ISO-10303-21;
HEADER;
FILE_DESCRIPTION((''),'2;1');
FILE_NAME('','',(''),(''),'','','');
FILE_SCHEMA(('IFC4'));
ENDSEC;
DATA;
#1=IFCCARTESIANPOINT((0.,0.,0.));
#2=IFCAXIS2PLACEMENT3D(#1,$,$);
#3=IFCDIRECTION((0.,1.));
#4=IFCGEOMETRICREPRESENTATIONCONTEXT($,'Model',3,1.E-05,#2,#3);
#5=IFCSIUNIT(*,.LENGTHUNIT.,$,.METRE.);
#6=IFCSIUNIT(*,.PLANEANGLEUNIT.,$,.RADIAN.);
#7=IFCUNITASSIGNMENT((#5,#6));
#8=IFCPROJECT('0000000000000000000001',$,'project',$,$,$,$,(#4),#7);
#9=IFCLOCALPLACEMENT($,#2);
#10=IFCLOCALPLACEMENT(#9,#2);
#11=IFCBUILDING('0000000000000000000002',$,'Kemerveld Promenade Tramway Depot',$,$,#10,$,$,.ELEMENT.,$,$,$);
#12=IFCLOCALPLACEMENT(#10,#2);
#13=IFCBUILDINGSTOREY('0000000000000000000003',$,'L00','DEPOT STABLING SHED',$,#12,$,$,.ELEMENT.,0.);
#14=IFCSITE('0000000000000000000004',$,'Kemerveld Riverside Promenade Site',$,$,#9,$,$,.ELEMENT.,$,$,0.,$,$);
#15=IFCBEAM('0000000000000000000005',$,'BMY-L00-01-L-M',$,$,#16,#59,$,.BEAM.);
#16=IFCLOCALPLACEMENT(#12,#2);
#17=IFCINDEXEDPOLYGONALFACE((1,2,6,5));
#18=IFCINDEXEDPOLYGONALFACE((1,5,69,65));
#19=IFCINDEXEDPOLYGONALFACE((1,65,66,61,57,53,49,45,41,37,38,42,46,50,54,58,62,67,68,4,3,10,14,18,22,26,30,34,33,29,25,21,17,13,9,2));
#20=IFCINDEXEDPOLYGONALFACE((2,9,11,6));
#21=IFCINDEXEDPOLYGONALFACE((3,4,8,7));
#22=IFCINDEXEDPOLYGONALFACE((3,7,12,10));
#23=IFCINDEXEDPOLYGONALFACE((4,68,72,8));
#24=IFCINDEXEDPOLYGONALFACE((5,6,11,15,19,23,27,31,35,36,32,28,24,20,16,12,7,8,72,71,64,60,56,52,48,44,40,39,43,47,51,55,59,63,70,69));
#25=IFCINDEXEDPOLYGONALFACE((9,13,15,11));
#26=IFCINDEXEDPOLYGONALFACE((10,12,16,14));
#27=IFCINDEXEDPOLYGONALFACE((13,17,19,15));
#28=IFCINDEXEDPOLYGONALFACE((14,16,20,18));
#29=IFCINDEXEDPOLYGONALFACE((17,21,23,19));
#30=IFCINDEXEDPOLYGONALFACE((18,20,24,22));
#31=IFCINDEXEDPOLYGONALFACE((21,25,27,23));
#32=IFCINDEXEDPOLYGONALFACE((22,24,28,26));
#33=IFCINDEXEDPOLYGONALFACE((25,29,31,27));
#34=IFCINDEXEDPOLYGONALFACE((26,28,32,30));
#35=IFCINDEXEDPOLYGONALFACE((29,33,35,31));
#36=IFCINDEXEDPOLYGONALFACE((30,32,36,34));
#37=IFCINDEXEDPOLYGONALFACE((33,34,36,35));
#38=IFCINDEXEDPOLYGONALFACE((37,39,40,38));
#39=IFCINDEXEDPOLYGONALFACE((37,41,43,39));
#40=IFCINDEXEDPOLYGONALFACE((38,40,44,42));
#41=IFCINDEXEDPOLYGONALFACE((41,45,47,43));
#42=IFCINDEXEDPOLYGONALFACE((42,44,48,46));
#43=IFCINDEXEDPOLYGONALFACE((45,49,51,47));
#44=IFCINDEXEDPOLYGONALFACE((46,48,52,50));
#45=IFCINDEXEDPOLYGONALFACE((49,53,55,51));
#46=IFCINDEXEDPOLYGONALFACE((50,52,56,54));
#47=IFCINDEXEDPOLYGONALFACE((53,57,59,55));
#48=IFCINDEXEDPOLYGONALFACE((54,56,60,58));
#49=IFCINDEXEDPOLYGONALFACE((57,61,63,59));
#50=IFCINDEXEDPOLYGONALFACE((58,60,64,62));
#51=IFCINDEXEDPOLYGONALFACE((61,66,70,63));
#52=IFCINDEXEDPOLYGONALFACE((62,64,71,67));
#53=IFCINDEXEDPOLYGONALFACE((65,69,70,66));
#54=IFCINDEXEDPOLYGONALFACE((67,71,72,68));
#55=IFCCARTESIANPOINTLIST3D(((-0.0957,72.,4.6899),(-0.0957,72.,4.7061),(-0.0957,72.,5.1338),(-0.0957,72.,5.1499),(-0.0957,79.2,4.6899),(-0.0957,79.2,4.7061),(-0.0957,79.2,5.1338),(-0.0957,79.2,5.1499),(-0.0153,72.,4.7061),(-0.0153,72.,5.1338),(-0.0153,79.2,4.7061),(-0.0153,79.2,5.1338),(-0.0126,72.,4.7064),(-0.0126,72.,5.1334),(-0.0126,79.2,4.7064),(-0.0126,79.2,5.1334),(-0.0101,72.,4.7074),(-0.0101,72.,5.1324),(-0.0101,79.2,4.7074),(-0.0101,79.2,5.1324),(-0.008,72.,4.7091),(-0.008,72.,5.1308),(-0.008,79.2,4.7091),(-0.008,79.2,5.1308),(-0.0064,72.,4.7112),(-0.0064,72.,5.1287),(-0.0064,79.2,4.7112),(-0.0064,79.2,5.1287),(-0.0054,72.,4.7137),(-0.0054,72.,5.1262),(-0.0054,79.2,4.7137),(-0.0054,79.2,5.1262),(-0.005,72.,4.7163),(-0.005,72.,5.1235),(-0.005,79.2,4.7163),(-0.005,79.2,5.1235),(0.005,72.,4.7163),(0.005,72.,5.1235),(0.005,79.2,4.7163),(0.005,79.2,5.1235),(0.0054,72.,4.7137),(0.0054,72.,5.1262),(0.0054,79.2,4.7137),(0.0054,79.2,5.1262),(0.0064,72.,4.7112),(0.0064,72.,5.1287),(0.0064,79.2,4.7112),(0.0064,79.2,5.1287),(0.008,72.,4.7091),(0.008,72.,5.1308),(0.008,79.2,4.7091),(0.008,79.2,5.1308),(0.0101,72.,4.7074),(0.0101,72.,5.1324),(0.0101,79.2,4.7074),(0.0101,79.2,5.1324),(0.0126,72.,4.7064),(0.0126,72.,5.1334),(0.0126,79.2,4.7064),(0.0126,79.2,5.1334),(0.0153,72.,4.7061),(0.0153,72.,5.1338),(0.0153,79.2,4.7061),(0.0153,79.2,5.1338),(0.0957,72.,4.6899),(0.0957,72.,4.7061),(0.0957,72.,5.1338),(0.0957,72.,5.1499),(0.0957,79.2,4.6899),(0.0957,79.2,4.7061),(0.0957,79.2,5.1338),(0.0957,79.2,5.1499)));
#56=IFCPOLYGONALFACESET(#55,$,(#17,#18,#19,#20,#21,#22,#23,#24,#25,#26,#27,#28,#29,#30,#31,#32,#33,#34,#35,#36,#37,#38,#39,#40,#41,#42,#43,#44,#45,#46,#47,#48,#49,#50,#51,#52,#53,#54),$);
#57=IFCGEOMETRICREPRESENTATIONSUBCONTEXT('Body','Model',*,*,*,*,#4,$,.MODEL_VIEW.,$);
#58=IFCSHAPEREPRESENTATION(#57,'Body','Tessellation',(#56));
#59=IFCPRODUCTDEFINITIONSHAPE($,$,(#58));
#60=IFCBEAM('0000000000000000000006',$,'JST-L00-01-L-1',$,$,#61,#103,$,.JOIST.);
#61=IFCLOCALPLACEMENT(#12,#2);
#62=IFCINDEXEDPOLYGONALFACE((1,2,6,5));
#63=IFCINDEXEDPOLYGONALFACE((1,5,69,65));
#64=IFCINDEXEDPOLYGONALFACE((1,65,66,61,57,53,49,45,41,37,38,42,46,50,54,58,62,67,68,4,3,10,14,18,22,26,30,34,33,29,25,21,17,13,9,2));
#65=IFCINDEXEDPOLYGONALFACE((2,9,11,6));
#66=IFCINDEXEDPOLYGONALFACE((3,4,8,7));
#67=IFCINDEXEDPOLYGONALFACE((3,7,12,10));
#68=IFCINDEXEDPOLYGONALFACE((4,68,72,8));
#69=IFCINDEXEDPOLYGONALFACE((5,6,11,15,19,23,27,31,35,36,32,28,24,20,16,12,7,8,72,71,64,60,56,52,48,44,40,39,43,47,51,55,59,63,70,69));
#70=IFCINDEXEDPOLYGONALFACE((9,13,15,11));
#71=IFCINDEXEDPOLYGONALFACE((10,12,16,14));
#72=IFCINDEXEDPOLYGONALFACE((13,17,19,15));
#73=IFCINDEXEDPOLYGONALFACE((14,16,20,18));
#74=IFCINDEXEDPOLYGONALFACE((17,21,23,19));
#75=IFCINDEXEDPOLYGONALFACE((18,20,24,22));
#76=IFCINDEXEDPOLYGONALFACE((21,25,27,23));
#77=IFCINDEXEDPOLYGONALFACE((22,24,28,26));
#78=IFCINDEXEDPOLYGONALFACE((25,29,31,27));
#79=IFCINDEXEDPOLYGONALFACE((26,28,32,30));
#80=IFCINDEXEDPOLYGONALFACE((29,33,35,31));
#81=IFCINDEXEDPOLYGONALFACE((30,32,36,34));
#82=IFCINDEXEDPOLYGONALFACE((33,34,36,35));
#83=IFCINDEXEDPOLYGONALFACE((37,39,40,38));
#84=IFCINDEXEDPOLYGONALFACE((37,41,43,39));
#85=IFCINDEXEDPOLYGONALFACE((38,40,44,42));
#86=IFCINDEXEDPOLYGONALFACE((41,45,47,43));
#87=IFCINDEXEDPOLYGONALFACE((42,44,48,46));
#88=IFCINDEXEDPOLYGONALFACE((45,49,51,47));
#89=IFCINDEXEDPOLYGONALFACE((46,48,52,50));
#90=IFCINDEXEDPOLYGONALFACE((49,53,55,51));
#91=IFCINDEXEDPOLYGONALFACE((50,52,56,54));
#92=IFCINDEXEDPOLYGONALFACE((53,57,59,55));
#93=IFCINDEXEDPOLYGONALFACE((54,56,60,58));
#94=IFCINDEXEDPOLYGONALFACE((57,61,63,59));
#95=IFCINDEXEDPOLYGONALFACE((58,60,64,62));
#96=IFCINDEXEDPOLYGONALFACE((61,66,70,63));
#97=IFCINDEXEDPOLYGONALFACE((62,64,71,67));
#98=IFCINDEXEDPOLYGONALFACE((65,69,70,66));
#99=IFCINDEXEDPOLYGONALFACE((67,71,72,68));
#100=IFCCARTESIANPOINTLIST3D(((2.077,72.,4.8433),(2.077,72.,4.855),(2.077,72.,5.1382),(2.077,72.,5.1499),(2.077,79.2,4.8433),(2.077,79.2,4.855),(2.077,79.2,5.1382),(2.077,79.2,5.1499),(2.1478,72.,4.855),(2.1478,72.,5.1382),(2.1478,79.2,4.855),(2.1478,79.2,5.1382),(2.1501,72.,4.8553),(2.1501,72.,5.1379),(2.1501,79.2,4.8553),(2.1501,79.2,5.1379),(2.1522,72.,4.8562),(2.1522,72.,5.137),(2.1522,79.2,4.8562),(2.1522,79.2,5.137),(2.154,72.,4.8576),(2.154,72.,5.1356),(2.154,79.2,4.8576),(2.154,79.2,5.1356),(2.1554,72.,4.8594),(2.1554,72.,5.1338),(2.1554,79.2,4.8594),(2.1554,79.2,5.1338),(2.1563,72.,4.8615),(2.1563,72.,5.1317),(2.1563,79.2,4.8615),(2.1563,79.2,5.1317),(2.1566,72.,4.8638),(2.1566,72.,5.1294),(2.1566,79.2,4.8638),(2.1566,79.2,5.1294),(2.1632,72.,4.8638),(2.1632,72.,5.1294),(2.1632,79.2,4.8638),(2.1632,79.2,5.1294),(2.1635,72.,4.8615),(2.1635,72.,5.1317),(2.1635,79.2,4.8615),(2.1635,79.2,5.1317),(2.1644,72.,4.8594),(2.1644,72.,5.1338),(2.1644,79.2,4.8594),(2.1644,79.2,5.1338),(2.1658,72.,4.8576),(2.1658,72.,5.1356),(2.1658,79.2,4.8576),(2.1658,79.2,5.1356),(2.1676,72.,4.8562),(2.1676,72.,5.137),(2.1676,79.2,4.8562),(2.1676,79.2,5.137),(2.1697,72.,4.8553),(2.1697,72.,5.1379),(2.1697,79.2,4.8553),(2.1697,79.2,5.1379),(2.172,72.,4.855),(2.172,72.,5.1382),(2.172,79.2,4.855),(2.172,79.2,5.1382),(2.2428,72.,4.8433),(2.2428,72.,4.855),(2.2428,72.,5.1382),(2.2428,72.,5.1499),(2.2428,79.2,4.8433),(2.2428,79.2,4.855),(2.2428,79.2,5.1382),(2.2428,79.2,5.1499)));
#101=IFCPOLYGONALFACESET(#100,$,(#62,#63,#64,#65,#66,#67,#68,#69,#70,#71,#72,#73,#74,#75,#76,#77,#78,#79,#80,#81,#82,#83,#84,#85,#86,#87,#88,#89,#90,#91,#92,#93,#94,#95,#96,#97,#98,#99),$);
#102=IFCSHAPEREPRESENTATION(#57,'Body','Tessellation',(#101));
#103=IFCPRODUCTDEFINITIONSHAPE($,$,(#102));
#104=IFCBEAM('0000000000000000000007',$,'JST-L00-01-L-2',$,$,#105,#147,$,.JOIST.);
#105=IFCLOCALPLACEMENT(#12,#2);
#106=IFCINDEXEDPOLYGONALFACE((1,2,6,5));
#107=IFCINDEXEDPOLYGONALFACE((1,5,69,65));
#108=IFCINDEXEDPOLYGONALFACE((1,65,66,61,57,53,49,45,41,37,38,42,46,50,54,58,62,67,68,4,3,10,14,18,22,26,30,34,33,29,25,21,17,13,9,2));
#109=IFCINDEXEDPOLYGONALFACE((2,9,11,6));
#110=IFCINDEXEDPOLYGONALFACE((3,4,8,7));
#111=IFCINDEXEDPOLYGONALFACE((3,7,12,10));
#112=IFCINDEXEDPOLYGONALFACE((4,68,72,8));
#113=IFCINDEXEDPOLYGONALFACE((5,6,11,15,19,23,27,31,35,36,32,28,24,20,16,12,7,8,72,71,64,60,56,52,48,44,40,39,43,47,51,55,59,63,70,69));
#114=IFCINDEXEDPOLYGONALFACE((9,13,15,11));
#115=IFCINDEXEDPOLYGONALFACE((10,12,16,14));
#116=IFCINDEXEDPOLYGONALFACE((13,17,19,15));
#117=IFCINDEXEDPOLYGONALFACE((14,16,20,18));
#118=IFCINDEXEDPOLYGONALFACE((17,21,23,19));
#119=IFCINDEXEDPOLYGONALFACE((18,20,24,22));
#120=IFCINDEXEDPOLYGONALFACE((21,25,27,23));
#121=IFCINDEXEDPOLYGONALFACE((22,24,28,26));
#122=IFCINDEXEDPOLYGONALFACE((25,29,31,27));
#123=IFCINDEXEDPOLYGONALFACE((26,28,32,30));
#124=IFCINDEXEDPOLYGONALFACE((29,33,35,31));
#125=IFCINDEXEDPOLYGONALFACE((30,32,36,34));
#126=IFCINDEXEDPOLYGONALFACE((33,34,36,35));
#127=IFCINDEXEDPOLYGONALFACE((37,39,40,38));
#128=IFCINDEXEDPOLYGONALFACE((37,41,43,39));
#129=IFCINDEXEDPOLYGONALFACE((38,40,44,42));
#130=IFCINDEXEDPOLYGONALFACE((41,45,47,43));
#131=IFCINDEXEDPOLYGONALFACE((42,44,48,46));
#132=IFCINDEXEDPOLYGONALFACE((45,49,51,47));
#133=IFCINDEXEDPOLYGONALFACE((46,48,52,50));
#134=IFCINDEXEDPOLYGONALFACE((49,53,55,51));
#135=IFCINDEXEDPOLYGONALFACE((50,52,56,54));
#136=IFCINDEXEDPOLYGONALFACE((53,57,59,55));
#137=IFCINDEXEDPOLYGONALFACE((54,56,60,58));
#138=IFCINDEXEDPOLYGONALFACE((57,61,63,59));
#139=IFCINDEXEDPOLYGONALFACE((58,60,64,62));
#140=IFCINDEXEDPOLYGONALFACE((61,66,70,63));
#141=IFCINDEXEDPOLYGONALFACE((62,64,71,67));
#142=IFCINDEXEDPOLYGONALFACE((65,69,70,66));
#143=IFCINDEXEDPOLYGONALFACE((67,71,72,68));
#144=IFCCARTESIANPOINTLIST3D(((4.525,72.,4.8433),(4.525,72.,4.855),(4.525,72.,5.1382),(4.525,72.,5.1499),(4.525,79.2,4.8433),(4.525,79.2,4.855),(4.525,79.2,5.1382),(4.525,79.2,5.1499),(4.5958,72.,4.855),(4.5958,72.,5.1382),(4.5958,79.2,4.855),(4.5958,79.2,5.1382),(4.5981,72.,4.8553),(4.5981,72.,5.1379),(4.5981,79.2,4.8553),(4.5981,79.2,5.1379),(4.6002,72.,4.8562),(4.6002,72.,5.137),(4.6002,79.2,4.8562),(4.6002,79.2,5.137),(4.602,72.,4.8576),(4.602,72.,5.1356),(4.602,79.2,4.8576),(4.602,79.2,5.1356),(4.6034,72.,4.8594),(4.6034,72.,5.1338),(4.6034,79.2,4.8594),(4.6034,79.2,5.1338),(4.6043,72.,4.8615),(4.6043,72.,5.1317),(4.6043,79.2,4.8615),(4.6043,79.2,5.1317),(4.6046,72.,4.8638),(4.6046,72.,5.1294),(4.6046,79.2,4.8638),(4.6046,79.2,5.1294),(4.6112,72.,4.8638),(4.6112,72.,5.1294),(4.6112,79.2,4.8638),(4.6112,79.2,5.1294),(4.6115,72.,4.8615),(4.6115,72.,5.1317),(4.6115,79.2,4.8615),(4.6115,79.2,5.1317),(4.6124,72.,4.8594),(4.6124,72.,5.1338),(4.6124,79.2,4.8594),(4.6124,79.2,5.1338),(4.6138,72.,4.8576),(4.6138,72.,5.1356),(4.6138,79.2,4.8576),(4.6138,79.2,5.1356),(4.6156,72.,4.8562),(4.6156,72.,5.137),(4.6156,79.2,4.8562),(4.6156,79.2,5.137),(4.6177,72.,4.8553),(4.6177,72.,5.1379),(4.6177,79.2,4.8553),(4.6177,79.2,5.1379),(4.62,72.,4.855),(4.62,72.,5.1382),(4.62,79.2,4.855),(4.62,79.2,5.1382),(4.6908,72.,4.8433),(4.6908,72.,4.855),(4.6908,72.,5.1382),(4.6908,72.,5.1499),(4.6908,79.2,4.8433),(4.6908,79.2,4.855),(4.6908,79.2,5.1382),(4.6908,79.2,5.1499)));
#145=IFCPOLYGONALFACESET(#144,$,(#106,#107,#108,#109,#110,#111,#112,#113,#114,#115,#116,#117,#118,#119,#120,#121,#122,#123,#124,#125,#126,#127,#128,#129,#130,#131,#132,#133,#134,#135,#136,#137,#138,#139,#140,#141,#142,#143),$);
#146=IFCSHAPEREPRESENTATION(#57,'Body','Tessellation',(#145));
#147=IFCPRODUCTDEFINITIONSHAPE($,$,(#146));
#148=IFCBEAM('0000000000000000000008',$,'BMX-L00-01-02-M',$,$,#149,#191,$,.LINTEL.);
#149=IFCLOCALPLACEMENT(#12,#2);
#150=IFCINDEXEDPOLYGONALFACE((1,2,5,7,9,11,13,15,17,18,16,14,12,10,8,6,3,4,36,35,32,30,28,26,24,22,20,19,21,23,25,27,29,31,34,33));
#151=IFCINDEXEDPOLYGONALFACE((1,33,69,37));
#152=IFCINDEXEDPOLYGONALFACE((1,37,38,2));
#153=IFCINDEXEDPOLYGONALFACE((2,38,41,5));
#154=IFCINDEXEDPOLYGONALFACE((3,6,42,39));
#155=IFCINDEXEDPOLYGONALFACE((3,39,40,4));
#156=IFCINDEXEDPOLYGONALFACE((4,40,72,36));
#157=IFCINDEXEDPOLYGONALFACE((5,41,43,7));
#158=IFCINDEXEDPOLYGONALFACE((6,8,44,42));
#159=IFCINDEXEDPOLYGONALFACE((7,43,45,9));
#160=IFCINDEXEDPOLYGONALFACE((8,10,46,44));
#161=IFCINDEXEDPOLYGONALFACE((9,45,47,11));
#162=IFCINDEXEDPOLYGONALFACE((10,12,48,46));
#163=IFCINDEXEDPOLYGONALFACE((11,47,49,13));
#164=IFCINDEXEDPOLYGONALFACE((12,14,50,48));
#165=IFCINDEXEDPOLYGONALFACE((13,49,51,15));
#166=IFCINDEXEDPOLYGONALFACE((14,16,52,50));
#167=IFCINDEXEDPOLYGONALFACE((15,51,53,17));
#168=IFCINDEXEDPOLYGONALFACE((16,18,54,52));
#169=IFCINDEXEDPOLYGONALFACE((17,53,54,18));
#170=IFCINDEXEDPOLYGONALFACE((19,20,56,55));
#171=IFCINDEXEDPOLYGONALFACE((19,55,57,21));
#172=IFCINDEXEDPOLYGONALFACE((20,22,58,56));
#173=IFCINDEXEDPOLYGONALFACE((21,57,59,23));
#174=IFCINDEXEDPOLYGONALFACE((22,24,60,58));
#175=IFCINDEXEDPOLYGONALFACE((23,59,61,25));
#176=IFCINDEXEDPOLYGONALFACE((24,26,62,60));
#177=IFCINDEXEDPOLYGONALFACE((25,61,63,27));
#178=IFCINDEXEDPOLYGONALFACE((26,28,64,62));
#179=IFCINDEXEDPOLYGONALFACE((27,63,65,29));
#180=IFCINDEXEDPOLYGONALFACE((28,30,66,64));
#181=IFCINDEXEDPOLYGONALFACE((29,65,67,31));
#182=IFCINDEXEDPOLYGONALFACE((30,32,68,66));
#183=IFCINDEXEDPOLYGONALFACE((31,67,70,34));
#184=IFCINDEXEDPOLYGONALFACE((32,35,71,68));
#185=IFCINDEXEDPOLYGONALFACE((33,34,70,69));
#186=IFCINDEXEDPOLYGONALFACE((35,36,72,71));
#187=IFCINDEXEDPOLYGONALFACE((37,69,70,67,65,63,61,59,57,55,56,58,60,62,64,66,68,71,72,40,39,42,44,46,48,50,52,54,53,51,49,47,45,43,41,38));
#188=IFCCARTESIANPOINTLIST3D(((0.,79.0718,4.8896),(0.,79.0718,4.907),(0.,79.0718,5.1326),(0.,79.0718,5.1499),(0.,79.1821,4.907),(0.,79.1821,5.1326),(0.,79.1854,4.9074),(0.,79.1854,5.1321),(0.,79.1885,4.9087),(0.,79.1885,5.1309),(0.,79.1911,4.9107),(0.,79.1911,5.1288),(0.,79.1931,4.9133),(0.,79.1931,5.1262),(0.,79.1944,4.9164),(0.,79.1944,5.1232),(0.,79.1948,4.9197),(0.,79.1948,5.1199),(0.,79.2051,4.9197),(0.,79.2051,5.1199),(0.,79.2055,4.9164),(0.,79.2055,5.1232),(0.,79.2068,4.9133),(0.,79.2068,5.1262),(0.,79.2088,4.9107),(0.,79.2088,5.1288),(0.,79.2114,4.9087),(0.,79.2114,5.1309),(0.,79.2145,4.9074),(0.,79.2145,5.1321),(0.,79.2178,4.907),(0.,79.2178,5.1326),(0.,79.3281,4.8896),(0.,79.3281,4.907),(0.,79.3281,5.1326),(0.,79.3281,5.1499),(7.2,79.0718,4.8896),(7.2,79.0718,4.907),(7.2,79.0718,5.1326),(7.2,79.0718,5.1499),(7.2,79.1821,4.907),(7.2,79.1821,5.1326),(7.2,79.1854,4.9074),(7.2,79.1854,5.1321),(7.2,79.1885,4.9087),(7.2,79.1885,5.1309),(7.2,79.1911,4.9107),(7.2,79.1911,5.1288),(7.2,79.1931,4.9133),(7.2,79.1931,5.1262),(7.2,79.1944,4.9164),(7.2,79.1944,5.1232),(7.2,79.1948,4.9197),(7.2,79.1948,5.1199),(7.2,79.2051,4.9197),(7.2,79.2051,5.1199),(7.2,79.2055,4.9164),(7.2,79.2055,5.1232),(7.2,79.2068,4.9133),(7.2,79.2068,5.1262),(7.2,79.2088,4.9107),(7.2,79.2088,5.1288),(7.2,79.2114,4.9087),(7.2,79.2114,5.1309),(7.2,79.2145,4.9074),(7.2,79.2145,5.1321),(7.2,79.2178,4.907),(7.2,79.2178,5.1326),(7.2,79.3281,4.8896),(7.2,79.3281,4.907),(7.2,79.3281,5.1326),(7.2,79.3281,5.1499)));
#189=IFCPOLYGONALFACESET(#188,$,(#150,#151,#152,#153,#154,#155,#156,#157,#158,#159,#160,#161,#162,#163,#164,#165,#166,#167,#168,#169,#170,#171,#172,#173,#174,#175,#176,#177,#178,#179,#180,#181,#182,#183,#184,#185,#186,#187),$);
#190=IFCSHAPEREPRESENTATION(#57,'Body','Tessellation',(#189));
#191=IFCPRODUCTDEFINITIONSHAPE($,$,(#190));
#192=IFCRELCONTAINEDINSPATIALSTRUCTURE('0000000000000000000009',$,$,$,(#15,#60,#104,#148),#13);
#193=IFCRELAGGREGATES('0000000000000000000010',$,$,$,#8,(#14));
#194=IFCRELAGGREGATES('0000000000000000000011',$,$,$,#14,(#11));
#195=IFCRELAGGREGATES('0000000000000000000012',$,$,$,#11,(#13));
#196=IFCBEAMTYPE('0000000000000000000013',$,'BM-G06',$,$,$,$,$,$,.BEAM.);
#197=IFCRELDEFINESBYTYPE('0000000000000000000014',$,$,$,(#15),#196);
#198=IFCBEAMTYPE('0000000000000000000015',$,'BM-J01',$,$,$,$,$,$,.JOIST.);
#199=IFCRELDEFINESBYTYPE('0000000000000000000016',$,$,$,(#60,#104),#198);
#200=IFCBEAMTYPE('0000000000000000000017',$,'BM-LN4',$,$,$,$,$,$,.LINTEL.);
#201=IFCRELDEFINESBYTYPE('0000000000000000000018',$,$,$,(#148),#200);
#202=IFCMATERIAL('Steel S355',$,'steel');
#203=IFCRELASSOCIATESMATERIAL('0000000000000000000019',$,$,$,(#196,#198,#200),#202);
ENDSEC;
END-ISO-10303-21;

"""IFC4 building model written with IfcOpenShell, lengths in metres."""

from ifc_helpers import new_model, si_unit, direction, frame, origin, origin_2d, place, context, subcontext, project, spatial, i_section, extrude, material, material_profile, profile_set, type_object, element, save


model = new_model("IFC4")

# Units and contexts
model_context = context("Model", 3, precision=1e-05, world=origin(), true_north=direction((0.0, 1.0)))
body_context = subcontext(model_context, "Body", "Model", "MODEL_VIEW")
ifc_project = project(units=[si_unit("LENGTHUNIT", "METRE"), si_unit("PLANEANGLEUNIT", "RADIAN")], contexts=[model_context])

# Site, building, storey
site_placement = place(None, origin())
site = spatial("IfcSite", under=ifc_project, at=site_placement, Name="Kemerveld Riverside Promenade Site", CompositionType="ELEMENT", RefElevation=0.0)
building_placement = place(site_placement, origin())
building = spatial("IfcBuilding", under=site, at=building_placement, Name="Kemerveld Promenade Tramway Depot", CompositionType="ELEMENT")
storey_placement = place(building_placement, origin())
storey = spatial("IfcBuildingStorey", under=building, at=storey_placement, Name="L00", Description="DEPOT STABLING SHED", CompositionType="ELEMENT", Elevation=0.0)

# Shared definitions
ifc_material_1 = material(Name="Steel S355", Category="steel")

# Beams
ifc_material_profile_1 = material_profile(ifc_material_1, i_section(OverallWidth=0.1914, OverallDepth=0.46, WebThickness=0.01, FlangeThickness=0.0161, FilletRadius=0.0103, at=origin_2d()), Name="457x191x82 UB")
ifc_profile_set_1 = profile_set([ifc_material_profile_1], Name="Steel S355")
beam_type_1 = type_object("IfcBeamType", Name="BM-G06", PredefinedType="BEAM", material=ifc_profile_set_1)
beam_1_placement = place(storey_placement, frame((0.0, 72.0, 4.9199), z_axis=(0.0, 1.0, 0.0), x_axis=(-1.0, 0.0, 0.0)))
element("IfcBeam", 1, at=beam_1_placement, inside=storey, type_object=beam_type_1, Name="BMY-L00-01-L-M", PredefinedType="BEAM", context=body_context, shape_type="SweptSolid", body=[
    extrude(i_section(OverallWidth=0.1914, OverallDepth=0.46, WebThickness=0.01, FlangeThickness=0.0161, FilletRadius=0.0103, at=origin_2d()), origin(), (0.0, 0.0, 1.0), 7.2),
])
ifc_material_profile_2 = material_profile(ifc_material_1, i_section(OverallWidth=0.1658, OverallDepth=0.3066, WebThickness=0.0066, FlangeThickness=0.0117, FilletRadius=0.0088, at=origin_2d()), Name="305x165x46 UB")
ifc_profile_set_2 = profile_set([ifc_material_profile_2], Name="Steel S355")
beam_type_2 = type_object("IfcBeamType", Name="BM-J01", PredefinedType="JOIST", material=ifc_profile_set_2)
for number, where, z_axis, x_axis, name in (
    (2, (2.1599, 72.0, 4.9966), (0.0, 1.0, 0.0), (-1.0, 0.0, 0.0), "JST-L00-01-L-1"),
    (3, (4.6079, 72.0, 4.9966), (0.0, 1.0, 0.0), (-1.0, 0.0, 0.0), "JST-L00-01-L-2"),
):
    element("IfcBeam", number, at=place(storey_placement, frame(where, z_axis=z_axis, x_axis=x_axis)), inside=storey, type_object=beam_type_2, Name=name, PredefinedType="JOIST", context=body_context, shape_type="SweptSolid", body=[
        extrude(i_section(OverallWidth=0.1658, OverallDepth=0.3066, WebThickness=0.0066, FlangeThickness=0.0117, FilletRadius=0.0088, at=origin_2d()), origin(), (0.0, 0.0, 1.0), 7.2),
    ])
ifc_material_profile_3 = material_profile(ifc_material_1, i_section(OverallWidth=0.2563, OverallDepth=0.2603, WebThickness=0.0103, FlangeThickness=0.0173, FilletRadius=0.0127, at=origin_2d()), Name="254x254x89 UC")
ifc_profile_set_3 = profile_set([ifc_material_profile_3], Name="Steel S355")
beam_type_3 = type_object("IfcBeamType", Name="BM-LN4", PredefinedType="LINTEL", material=ifc_profile_set_3)
beam_2_placement = place(storey_placement, frame((0.0, 79.2, 5.0198), z_axis=(1.0, 0.0, 0.0), x_axis=(0.0, 1.0, 0.0)))
element("IfcBeam", 4, at=beam_2_placement, inside=storey, type_object=beam_type_3, Name="BMX-L00-01-02-M", PredefinedType="LINTEL", context=body_context, shape_type="SweptSolid", body=[
    extrude(i_section(OverallWidth=0.2563, OverallDepth=0.2603, WebThickness=0.0103, FlangeThickness=0.0173, FilletRadius=0.0127, at=origin_2d()), origin(), (0.0, 0.0, 1.0), 7.2),
])

save(model, "model.ifc")
